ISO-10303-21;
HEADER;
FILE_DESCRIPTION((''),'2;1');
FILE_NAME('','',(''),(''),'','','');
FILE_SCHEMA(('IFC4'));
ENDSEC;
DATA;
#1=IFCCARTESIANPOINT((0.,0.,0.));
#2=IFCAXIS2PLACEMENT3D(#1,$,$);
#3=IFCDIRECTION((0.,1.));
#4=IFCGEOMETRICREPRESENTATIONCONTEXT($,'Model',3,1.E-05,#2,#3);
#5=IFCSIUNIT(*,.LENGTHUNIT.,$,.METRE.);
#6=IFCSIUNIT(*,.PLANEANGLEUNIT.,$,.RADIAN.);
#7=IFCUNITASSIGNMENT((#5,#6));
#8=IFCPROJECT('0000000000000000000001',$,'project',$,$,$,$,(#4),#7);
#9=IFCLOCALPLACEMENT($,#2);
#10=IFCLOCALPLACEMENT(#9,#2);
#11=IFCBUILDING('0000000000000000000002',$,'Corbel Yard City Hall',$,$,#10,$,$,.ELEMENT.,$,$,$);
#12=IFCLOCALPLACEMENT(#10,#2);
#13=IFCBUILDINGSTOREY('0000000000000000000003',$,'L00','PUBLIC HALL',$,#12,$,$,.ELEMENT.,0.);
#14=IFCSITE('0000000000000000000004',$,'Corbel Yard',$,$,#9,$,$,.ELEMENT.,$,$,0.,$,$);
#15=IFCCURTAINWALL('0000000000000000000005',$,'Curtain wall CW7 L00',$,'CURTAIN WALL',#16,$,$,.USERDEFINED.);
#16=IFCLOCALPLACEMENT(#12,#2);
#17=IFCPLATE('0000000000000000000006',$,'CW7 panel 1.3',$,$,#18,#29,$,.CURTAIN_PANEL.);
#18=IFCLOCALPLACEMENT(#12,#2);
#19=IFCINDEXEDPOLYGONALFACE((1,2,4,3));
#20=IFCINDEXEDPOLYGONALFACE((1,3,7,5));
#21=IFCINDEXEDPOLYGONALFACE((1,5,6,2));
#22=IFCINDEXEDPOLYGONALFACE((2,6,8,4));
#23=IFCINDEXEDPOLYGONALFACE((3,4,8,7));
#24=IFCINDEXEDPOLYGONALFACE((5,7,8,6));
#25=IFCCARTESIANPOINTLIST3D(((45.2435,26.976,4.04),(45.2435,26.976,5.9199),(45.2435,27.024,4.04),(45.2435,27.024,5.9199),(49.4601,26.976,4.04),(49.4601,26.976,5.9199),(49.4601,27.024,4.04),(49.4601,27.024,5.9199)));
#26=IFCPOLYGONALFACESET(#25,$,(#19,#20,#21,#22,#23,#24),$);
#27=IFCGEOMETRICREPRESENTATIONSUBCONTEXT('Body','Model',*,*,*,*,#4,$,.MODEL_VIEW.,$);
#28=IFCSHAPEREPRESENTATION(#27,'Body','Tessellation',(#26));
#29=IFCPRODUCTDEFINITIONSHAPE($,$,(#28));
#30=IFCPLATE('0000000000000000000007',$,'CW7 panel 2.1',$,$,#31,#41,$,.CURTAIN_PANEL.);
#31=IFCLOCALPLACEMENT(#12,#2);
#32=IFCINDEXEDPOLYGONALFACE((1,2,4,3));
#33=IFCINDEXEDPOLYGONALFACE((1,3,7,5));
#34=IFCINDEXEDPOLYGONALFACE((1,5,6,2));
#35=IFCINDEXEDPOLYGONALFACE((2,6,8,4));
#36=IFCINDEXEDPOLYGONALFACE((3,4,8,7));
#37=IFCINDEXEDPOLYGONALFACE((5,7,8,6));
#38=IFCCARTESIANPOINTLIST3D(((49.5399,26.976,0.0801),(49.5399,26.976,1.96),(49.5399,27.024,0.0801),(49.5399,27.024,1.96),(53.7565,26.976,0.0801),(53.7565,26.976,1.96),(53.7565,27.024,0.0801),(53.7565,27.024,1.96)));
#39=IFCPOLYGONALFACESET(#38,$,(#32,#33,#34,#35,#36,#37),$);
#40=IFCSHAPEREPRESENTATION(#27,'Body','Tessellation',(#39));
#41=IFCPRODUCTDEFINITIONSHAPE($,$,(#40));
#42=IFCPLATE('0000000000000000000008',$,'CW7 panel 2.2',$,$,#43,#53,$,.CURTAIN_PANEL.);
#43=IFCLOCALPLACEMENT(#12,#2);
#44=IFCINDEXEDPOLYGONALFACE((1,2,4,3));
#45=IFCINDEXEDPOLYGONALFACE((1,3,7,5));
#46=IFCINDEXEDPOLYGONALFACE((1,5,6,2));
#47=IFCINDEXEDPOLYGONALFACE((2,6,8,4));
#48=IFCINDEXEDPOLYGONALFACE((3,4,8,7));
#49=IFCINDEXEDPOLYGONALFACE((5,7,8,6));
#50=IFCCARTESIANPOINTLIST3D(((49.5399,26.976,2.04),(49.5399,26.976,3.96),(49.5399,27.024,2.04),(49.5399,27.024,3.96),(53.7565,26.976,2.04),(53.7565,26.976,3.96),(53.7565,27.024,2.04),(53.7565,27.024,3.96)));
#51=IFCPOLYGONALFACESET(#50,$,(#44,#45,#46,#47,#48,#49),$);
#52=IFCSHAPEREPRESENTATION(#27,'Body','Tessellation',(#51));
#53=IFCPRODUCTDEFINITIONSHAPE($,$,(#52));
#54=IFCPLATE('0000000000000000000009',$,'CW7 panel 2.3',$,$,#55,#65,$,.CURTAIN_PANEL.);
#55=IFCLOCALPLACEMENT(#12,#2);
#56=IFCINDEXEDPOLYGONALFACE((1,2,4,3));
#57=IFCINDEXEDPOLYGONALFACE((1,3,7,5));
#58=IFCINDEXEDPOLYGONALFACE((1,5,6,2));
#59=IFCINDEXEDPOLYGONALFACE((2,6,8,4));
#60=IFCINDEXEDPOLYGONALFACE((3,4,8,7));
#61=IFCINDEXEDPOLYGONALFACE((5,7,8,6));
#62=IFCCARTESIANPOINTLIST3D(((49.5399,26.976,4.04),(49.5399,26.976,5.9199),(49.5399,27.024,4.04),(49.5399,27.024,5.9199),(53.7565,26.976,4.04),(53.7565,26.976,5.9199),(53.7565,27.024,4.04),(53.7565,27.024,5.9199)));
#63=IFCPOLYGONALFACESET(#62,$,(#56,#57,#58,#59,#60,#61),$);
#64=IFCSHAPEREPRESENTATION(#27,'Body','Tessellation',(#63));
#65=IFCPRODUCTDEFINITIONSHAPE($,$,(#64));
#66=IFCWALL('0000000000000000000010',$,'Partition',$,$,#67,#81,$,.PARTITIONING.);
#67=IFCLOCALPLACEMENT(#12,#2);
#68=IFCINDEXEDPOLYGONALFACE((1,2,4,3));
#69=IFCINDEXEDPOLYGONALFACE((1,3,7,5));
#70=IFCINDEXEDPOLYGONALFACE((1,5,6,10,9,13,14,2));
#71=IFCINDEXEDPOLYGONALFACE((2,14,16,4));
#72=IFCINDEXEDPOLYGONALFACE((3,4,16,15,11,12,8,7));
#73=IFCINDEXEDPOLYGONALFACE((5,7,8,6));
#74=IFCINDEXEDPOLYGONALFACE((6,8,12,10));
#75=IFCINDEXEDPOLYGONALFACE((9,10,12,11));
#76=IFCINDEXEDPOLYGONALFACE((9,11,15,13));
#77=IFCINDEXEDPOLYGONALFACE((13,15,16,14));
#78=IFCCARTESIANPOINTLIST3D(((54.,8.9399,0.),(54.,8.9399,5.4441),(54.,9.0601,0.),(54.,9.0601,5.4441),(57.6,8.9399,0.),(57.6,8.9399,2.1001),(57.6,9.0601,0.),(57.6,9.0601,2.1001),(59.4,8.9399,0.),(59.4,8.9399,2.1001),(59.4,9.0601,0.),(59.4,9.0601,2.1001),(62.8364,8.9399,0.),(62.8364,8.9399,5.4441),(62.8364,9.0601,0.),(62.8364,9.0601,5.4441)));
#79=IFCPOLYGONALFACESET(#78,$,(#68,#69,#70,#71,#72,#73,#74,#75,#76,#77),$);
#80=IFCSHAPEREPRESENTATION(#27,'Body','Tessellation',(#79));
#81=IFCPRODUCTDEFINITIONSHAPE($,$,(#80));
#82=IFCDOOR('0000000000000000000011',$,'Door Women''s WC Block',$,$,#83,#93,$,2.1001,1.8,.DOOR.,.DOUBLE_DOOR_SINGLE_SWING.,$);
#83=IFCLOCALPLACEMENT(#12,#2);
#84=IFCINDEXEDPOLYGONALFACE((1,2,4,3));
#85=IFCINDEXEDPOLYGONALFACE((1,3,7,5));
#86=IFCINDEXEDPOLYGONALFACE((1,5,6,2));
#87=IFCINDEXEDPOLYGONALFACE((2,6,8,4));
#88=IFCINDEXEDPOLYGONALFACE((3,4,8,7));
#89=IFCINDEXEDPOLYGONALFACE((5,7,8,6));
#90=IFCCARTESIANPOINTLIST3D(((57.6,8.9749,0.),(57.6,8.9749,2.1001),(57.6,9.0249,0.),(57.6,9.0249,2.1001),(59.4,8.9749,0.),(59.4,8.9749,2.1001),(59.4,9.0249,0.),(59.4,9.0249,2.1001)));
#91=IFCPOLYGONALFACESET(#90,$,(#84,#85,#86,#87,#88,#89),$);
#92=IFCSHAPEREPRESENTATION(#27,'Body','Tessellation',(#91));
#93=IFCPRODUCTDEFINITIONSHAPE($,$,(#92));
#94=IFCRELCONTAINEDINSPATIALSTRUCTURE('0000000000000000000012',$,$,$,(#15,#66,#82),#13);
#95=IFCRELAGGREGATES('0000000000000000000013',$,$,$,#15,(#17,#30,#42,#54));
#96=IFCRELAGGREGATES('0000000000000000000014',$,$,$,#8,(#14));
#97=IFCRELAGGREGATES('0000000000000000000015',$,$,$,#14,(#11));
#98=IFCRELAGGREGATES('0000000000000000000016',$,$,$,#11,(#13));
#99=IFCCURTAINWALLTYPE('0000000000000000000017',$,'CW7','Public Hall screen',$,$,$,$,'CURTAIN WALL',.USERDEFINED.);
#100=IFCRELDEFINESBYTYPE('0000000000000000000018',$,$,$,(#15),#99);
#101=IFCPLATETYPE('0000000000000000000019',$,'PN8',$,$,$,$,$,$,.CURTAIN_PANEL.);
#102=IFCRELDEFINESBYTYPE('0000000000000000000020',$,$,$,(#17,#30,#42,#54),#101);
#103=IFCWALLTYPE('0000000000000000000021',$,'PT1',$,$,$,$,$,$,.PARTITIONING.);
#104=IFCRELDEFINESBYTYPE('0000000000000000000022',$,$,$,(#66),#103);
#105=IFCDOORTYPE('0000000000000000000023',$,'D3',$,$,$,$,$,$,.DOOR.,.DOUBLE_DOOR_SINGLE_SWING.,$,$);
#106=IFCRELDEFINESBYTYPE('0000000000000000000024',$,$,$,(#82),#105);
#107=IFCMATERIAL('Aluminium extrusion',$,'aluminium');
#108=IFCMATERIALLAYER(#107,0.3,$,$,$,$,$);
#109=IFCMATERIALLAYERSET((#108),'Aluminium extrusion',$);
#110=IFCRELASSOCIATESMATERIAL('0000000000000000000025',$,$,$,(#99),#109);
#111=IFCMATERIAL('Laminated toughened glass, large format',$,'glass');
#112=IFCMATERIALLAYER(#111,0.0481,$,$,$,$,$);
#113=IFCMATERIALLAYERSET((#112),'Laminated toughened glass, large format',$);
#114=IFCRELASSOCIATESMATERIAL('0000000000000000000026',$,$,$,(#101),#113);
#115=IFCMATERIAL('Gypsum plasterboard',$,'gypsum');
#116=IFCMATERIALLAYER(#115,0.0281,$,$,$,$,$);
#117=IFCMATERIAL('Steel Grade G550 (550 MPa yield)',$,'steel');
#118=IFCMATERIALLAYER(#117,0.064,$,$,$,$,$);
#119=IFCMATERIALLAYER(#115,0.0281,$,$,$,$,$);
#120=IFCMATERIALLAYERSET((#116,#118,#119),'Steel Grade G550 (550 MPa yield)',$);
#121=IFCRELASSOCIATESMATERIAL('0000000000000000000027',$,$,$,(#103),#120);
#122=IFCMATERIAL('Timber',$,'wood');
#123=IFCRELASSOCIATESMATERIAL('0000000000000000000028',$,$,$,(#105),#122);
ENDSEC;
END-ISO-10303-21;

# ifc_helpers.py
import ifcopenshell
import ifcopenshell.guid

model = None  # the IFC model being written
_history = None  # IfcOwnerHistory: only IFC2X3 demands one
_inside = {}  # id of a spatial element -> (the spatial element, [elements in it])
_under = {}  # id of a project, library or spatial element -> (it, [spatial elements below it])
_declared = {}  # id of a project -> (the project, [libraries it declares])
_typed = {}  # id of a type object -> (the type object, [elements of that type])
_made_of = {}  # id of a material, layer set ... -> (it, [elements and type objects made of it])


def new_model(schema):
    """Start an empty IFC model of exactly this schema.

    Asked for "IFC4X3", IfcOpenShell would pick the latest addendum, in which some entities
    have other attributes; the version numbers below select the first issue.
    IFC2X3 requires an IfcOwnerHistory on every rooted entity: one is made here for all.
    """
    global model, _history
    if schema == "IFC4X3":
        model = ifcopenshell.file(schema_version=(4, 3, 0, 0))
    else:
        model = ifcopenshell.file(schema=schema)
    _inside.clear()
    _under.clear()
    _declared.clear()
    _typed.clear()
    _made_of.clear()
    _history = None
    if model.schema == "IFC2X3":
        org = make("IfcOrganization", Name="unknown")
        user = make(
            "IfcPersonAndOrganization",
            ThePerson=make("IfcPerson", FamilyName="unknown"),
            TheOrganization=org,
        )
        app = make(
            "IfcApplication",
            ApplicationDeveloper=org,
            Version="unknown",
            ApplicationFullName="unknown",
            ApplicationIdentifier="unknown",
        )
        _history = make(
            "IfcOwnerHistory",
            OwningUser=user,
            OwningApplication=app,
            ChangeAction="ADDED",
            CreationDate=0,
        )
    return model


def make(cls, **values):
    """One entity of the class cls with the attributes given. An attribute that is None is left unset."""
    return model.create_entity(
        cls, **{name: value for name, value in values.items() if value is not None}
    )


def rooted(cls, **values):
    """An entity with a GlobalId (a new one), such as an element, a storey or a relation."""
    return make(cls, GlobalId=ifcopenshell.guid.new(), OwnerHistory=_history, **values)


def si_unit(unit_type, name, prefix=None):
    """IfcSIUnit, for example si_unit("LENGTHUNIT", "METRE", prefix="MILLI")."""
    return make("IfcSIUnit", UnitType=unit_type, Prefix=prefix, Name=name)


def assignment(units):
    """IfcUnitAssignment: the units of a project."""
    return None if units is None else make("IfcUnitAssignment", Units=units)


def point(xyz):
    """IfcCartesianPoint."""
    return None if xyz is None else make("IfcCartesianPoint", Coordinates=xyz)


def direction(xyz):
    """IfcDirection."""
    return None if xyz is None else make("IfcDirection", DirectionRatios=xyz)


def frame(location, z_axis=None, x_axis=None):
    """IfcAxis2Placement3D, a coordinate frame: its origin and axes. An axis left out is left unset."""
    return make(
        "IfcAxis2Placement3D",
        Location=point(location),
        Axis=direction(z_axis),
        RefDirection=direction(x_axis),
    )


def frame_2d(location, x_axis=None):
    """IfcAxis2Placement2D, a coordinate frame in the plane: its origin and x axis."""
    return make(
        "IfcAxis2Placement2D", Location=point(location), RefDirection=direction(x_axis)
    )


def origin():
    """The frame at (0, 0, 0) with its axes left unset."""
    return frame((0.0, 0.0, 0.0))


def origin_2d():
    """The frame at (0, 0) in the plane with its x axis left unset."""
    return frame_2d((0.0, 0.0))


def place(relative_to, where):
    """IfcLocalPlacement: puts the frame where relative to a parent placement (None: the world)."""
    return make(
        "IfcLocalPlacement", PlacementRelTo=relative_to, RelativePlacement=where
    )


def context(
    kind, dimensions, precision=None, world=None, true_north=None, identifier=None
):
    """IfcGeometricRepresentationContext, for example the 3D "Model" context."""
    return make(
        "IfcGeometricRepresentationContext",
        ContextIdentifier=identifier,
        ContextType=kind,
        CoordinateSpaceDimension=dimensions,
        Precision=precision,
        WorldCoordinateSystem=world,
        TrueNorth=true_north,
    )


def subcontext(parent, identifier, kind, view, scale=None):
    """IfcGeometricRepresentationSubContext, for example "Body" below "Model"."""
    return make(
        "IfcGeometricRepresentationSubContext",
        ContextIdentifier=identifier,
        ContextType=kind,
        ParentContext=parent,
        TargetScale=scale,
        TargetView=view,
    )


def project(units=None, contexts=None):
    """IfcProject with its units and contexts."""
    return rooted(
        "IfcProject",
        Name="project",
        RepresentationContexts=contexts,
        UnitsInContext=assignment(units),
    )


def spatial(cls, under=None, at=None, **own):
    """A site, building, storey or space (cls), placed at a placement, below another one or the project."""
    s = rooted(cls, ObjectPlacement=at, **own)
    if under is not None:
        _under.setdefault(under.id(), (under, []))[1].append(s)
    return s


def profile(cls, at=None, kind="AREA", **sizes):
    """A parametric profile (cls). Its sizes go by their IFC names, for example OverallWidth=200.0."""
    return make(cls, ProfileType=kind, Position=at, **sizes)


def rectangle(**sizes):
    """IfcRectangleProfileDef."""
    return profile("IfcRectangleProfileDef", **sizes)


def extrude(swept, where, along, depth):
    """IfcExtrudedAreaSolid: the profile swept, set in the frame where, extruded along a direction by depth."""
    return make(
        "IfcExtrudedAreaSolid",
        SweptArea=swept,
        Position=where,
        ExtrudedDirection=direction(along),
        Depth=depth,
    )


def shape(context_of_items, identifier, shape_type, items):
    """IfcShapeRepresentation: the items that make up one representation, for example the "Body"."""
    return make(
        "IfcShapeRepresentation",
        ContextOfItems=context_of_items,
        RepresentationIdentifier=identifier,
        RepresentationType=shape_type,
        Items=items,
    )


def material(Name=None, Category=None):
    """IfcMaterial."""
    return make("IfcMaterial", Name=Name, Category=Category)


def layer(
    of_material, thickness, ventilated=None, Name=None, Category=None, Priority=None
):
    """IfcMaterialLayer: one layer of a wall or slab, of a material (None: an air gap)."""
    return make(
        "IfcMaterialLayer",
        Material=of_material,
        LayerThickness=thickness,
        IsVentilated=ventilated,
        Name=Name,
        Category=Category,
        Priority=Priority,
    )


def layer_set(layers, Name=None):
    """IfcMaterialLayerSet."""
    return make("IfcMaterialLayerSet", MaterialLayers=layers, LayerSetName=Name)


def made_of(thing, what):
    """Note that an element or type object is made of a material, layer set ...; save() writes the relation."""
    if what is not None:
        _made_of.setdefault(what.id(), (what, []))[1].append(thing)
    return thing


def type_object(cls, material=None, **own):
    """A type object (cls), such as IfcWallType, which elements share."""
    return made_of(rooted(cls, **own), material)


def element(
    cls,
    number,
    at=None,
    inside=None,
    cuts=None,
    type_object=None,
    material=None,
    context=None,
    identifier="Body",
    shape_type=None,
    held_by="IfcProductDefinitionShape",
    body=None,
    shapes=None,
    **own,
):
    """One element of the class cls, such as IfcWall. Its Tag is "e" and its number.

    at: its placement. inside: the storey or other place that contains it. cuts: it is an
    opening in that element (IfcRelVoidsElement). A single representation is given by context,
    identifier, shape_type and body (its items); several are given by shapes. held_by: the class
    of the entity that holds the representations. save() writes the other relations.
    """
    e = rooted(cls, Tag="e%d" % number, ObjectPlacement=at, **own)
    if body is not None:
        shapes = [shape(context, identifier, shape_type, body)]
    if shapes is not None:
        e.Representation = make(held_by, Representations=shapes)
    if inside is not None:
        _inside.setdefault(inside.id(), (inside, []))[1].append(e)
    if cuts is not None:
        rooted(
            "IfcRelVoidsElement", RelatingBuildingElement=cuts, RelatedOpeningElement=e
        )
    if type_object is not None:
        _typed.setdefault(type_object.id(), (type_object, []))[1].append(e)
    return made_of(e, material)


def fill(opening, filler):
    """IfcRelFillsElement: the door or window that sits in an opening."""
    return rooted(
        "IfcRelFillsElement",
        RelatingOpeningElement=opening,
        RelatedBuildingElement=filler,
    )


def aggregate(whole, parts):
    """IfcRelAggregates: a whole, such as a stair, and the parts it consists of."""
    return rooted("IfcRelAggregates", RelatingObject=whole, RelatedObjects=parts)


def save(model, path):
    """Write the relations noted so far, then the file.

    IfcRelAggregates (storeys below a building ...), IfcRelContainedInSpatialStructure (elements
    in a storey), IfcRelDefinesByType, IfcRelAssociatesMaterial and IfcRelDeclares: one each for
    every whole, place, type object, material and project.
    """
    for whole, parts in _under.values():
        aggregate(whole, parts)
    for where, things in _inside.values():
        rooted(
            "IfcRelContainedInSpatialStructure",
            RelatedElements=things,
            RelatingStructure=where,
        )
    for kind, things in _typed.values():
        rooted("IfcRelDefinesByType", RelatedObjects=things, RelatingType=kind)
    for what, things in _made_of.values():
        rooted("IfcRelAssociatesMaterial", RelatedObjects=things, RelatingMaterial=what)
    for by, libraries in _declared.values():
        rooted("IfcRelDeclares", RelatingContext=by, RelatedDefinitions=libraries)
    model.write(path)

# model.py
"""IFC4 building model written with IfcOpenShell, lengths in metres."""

from ifc_helpers import new_model, si_unit, direction, frame, frame_2d, origin, origin_2d, place, context, subcontext, project, spatial, rectangle, extrude, material, layer, layer_set, type_object, element, fill, aggregate, save


model = new_model("IFC4")

# Units and contexts
model_context = context("Model", 3, precision=1e-05, world=origin(), true_north=direction((0.0, 1.0)))
body_context = subcontext(model_context, "Body", "Model", "MODEL_VIEW")
ifc_project = project(units=[si_unit("LENGTHUNIT", "METRE"), si_unit("PLANEANGLEUNIT", "RADIAN")], contexts=[model_context])

# Site, building, storey
site_placement = place(None, origin())
site = spatial("IfcSite", under=ifc_project, at=site_placement, Name="Corbel Yard", CompositionType="ELEMENT", RefElevation=0.0)
building_placement = place(site_placement, origin())
building = spatial("IfcBuilding", under=site, at=building_placement, Name="Corbel Yard City Hall", CompositionType="ELEMENT")
storey_placement = place(building_placement, origin())
storey = spatial("IfcBuildingStorey", under=building, at=storey_placement, Name="L00", Description="PUBLIC HALL", CompositionType="ELEMENT", Elevation=0.0)

# Curtain wall, plates
ifc_material_1 = material(Name="Aluminium extrusion", Category="aluminium")
ifc_layer_1 = layer(ifc_material_1, 0.3)
ifc_layer_set_1 = layer_set([ifc_layer_1], Name="Aluminium extrusion")
curtain_wall_type = type_object("IfcCurtainWallType", Name="CW7", Description="Public Hall screen", ElementType="CURTAIN WALL", PredefinedType="USERDEFINED", material=ifc_layer_set_1)
curtain_wall_placement = place(storey_placement, origin())
curtain_wall = element("IfcCurtainWall", 1, at=curtain_wall_placement, inside=storey, type_object=curtain_wall_type, Name="Curtain wall CW7 L00", ObjectType="CURTAIN WALL", PredefinedType="USERDEFINED")
ifc_material_2 = material(Name="Laminated toughened glass, large format", Category="glass")
ifc_layer_2 = layer(ifc_material_2, 0.0481)
ifc_layer_set_2 = layer_set([ifc_layer_2], Name="Laminated toughened glass, large format")
plate_type = type_object("IfcPlateType", Name="PN8", PredefinedType="CURTAIN_PANEL", material=ifc_layer_set_2)
plate_1_placement = place(storey_placement, frame((47.3518, 27.0, 4.04), z_axis=(0.0, 0.0, 1.0), x_axis=(1.0, 0.0, 0.0)))
plate_1 = element("IfcPlate", 2, at=plate_1_placement, type_object=plate_type, Name="CW7 panel 1.3", PredefinedType="CURTAIN_PANEL", context=body_context, shape_type="SweptSolid", body=[
    extrude(rectangle(XDim=4.2166, YDim=0.0481, at=origin_2d()), origin(), (0.0, 0.0, 1.0), 1.8799),
])
plate_2_placement = place(storey_placement, frame((51.6482, 27.0, 0.0801), z_axis=(0.0, 0.0, 1.0), x_axis=(1.0, 0.0, 0.0)))
plate_2 = element("IfcPlate", 3, at=plate_2_placement, type_object=plate_type, Name="CW7 panel 2.1", PredefinedType="CURTAIN_PANEL", context=body_context, shape_type="SweptSolid", body=[
    extrude(rectangle(XDim=4.2166, YDim=0.0481, at=origin_2d()), origin(), (0.0, 0.0, 1.0), 1.8799),
])
plate_3_placement = place(storey_placement, frame((51.6482, 27.0, 2.04), z_axis=(0.0, 0.0, 1.0), x_axis=(1.0, 0.0, 0.0)))
plate_3 = element("IfcPlate", 4, at=plate_3_placement, type_object=plate_type, Name="CW7 panel 2.2", PredefinedType="CURTAIN_PANEL", context=body_context, shape_type="SweptSolid", body=[
    extrude(rectangle(XDim=4.2166, YDim=0.0481, at=origin_2d()), origin(), (0.0, 0.0, 1.0), 1.9199),
])
plate_4_placement = place(storey_placement, frame((51.6482, 27.0, 4.04), z_axis=(0.0, 0.0, 1.0), x_axis=(1.0, 0.0, 0.0)))
plate_4 = element("IfcPlate", 5, at=plate_4_placement, type_object=plate_type, Name="CW7 panel 2.3", PredefinedType="CURTAIN_PANEL", context=body_context, shape_type="SweptSolid", body=[
    extrude(rectangle(XDim=4.2166, YDim=0.0481, at=origin_2d()), origin(), (0.0, 0.0, 1.0), 1.8799),
])
aggregate(curtain_wall, [plate_1, plate_2, plate_3, plate_4])

# Wall, opening, door
ifc_material_3 = material(Name="Gypsum plasterboard", Category="gypsum")
ifc_layer_3 = layer(ifc_material_3, 0.0281)
ifc_material_4 = material(Name="Steel Grade G550 (550 MPa yield)", Category="steel")
ifc_layer_4 = layer(ifc_material_4, 0.064)
ifc_layer_5 = layer(ifc_material_3, 0.0281)
ifc_layer_set_3 = layer_set([ifc_layer_3, ifc_layer_4, ifc_layer_5], Name="Steel Grade G550 (550 MPa yield)")
wall_type = type_object("IfcWallType", Name="PT1", PredefinedType="PARTITIONING", material=ifc_layer_set_3)
wall_placement = place(storey_placement, frame((54.0, 9.0, 0.0), z_axis=(0.0, 0.0, 1.0), x_axis=(1.0, 0.0, 0.0)))
wall = element("IfcWall", 6, at=wall_placement, inside=storey, type_object=wall_type, Name="Partition", PredefinedType="PARTITIONING", context=body_context, shape_type="SweptSolid", body=[
    extrude(rectangle(XDim=8.8364, YDim=0.1201, at=frame_2d((4.4182, 0.0))), origin(), (0.0, 0.0, 1.0), 5.4441),
])
opening_placement = place(wall_placement, frame((3.6001, 0.0, 0.0)))
opening = element("IfcOpeningElement", 7, at=opening_placement, cuts=wall, PredefinedType="OPENING", context=body_context, shape_type="SweptSolid", body=[
    extrude(rectangle(XDim=1.8, YDim=2.1001, at=frame_2d((0.8999, 1.05))), frame((0.0, 0.0701, 0.0), z_axis=(0.0, -1.0, 0.0), x_axis=(1.0, 0.0, 0.0)), (0.0, 0.0, 1.0), 0.1401),
])
ifc_material_5 = material(Name="Timber", Category="wood")
door_type = type_object("IfcDoorType", Name="D3", OperationType="DOUBLE_DOOR_SINGLE_SWING", PredefinedType="DOOR", material=ifc_material_5)
door_placement = place(opening_placement, origin())
door = element("IfcDoor", 8, at=door_placement, inside=storey, type_object=door_type, Name="Door Women's WC Block", OperationType="DOUBLE_DOOR_SINGLE_SWING", OverallHeight=2.1001, OverallWidth=1.8, PredefinedType="DOOR", context=body_context, shape_type="SweptSolid", body=[
    extrude(rectangle(XDim=1.8, YDim=2.1001, at=frame_2d((0.8999, 1.05))), frame((0.0, 0.0249, 0.0), z_axis=(0.0, -1.0, 0.0), x_axis=(1.0, 0.0, 0.0)), (0.0, 0.0, 1.0), 0.05),
])
fill(opening, door)

save(model, "model.ifc")
